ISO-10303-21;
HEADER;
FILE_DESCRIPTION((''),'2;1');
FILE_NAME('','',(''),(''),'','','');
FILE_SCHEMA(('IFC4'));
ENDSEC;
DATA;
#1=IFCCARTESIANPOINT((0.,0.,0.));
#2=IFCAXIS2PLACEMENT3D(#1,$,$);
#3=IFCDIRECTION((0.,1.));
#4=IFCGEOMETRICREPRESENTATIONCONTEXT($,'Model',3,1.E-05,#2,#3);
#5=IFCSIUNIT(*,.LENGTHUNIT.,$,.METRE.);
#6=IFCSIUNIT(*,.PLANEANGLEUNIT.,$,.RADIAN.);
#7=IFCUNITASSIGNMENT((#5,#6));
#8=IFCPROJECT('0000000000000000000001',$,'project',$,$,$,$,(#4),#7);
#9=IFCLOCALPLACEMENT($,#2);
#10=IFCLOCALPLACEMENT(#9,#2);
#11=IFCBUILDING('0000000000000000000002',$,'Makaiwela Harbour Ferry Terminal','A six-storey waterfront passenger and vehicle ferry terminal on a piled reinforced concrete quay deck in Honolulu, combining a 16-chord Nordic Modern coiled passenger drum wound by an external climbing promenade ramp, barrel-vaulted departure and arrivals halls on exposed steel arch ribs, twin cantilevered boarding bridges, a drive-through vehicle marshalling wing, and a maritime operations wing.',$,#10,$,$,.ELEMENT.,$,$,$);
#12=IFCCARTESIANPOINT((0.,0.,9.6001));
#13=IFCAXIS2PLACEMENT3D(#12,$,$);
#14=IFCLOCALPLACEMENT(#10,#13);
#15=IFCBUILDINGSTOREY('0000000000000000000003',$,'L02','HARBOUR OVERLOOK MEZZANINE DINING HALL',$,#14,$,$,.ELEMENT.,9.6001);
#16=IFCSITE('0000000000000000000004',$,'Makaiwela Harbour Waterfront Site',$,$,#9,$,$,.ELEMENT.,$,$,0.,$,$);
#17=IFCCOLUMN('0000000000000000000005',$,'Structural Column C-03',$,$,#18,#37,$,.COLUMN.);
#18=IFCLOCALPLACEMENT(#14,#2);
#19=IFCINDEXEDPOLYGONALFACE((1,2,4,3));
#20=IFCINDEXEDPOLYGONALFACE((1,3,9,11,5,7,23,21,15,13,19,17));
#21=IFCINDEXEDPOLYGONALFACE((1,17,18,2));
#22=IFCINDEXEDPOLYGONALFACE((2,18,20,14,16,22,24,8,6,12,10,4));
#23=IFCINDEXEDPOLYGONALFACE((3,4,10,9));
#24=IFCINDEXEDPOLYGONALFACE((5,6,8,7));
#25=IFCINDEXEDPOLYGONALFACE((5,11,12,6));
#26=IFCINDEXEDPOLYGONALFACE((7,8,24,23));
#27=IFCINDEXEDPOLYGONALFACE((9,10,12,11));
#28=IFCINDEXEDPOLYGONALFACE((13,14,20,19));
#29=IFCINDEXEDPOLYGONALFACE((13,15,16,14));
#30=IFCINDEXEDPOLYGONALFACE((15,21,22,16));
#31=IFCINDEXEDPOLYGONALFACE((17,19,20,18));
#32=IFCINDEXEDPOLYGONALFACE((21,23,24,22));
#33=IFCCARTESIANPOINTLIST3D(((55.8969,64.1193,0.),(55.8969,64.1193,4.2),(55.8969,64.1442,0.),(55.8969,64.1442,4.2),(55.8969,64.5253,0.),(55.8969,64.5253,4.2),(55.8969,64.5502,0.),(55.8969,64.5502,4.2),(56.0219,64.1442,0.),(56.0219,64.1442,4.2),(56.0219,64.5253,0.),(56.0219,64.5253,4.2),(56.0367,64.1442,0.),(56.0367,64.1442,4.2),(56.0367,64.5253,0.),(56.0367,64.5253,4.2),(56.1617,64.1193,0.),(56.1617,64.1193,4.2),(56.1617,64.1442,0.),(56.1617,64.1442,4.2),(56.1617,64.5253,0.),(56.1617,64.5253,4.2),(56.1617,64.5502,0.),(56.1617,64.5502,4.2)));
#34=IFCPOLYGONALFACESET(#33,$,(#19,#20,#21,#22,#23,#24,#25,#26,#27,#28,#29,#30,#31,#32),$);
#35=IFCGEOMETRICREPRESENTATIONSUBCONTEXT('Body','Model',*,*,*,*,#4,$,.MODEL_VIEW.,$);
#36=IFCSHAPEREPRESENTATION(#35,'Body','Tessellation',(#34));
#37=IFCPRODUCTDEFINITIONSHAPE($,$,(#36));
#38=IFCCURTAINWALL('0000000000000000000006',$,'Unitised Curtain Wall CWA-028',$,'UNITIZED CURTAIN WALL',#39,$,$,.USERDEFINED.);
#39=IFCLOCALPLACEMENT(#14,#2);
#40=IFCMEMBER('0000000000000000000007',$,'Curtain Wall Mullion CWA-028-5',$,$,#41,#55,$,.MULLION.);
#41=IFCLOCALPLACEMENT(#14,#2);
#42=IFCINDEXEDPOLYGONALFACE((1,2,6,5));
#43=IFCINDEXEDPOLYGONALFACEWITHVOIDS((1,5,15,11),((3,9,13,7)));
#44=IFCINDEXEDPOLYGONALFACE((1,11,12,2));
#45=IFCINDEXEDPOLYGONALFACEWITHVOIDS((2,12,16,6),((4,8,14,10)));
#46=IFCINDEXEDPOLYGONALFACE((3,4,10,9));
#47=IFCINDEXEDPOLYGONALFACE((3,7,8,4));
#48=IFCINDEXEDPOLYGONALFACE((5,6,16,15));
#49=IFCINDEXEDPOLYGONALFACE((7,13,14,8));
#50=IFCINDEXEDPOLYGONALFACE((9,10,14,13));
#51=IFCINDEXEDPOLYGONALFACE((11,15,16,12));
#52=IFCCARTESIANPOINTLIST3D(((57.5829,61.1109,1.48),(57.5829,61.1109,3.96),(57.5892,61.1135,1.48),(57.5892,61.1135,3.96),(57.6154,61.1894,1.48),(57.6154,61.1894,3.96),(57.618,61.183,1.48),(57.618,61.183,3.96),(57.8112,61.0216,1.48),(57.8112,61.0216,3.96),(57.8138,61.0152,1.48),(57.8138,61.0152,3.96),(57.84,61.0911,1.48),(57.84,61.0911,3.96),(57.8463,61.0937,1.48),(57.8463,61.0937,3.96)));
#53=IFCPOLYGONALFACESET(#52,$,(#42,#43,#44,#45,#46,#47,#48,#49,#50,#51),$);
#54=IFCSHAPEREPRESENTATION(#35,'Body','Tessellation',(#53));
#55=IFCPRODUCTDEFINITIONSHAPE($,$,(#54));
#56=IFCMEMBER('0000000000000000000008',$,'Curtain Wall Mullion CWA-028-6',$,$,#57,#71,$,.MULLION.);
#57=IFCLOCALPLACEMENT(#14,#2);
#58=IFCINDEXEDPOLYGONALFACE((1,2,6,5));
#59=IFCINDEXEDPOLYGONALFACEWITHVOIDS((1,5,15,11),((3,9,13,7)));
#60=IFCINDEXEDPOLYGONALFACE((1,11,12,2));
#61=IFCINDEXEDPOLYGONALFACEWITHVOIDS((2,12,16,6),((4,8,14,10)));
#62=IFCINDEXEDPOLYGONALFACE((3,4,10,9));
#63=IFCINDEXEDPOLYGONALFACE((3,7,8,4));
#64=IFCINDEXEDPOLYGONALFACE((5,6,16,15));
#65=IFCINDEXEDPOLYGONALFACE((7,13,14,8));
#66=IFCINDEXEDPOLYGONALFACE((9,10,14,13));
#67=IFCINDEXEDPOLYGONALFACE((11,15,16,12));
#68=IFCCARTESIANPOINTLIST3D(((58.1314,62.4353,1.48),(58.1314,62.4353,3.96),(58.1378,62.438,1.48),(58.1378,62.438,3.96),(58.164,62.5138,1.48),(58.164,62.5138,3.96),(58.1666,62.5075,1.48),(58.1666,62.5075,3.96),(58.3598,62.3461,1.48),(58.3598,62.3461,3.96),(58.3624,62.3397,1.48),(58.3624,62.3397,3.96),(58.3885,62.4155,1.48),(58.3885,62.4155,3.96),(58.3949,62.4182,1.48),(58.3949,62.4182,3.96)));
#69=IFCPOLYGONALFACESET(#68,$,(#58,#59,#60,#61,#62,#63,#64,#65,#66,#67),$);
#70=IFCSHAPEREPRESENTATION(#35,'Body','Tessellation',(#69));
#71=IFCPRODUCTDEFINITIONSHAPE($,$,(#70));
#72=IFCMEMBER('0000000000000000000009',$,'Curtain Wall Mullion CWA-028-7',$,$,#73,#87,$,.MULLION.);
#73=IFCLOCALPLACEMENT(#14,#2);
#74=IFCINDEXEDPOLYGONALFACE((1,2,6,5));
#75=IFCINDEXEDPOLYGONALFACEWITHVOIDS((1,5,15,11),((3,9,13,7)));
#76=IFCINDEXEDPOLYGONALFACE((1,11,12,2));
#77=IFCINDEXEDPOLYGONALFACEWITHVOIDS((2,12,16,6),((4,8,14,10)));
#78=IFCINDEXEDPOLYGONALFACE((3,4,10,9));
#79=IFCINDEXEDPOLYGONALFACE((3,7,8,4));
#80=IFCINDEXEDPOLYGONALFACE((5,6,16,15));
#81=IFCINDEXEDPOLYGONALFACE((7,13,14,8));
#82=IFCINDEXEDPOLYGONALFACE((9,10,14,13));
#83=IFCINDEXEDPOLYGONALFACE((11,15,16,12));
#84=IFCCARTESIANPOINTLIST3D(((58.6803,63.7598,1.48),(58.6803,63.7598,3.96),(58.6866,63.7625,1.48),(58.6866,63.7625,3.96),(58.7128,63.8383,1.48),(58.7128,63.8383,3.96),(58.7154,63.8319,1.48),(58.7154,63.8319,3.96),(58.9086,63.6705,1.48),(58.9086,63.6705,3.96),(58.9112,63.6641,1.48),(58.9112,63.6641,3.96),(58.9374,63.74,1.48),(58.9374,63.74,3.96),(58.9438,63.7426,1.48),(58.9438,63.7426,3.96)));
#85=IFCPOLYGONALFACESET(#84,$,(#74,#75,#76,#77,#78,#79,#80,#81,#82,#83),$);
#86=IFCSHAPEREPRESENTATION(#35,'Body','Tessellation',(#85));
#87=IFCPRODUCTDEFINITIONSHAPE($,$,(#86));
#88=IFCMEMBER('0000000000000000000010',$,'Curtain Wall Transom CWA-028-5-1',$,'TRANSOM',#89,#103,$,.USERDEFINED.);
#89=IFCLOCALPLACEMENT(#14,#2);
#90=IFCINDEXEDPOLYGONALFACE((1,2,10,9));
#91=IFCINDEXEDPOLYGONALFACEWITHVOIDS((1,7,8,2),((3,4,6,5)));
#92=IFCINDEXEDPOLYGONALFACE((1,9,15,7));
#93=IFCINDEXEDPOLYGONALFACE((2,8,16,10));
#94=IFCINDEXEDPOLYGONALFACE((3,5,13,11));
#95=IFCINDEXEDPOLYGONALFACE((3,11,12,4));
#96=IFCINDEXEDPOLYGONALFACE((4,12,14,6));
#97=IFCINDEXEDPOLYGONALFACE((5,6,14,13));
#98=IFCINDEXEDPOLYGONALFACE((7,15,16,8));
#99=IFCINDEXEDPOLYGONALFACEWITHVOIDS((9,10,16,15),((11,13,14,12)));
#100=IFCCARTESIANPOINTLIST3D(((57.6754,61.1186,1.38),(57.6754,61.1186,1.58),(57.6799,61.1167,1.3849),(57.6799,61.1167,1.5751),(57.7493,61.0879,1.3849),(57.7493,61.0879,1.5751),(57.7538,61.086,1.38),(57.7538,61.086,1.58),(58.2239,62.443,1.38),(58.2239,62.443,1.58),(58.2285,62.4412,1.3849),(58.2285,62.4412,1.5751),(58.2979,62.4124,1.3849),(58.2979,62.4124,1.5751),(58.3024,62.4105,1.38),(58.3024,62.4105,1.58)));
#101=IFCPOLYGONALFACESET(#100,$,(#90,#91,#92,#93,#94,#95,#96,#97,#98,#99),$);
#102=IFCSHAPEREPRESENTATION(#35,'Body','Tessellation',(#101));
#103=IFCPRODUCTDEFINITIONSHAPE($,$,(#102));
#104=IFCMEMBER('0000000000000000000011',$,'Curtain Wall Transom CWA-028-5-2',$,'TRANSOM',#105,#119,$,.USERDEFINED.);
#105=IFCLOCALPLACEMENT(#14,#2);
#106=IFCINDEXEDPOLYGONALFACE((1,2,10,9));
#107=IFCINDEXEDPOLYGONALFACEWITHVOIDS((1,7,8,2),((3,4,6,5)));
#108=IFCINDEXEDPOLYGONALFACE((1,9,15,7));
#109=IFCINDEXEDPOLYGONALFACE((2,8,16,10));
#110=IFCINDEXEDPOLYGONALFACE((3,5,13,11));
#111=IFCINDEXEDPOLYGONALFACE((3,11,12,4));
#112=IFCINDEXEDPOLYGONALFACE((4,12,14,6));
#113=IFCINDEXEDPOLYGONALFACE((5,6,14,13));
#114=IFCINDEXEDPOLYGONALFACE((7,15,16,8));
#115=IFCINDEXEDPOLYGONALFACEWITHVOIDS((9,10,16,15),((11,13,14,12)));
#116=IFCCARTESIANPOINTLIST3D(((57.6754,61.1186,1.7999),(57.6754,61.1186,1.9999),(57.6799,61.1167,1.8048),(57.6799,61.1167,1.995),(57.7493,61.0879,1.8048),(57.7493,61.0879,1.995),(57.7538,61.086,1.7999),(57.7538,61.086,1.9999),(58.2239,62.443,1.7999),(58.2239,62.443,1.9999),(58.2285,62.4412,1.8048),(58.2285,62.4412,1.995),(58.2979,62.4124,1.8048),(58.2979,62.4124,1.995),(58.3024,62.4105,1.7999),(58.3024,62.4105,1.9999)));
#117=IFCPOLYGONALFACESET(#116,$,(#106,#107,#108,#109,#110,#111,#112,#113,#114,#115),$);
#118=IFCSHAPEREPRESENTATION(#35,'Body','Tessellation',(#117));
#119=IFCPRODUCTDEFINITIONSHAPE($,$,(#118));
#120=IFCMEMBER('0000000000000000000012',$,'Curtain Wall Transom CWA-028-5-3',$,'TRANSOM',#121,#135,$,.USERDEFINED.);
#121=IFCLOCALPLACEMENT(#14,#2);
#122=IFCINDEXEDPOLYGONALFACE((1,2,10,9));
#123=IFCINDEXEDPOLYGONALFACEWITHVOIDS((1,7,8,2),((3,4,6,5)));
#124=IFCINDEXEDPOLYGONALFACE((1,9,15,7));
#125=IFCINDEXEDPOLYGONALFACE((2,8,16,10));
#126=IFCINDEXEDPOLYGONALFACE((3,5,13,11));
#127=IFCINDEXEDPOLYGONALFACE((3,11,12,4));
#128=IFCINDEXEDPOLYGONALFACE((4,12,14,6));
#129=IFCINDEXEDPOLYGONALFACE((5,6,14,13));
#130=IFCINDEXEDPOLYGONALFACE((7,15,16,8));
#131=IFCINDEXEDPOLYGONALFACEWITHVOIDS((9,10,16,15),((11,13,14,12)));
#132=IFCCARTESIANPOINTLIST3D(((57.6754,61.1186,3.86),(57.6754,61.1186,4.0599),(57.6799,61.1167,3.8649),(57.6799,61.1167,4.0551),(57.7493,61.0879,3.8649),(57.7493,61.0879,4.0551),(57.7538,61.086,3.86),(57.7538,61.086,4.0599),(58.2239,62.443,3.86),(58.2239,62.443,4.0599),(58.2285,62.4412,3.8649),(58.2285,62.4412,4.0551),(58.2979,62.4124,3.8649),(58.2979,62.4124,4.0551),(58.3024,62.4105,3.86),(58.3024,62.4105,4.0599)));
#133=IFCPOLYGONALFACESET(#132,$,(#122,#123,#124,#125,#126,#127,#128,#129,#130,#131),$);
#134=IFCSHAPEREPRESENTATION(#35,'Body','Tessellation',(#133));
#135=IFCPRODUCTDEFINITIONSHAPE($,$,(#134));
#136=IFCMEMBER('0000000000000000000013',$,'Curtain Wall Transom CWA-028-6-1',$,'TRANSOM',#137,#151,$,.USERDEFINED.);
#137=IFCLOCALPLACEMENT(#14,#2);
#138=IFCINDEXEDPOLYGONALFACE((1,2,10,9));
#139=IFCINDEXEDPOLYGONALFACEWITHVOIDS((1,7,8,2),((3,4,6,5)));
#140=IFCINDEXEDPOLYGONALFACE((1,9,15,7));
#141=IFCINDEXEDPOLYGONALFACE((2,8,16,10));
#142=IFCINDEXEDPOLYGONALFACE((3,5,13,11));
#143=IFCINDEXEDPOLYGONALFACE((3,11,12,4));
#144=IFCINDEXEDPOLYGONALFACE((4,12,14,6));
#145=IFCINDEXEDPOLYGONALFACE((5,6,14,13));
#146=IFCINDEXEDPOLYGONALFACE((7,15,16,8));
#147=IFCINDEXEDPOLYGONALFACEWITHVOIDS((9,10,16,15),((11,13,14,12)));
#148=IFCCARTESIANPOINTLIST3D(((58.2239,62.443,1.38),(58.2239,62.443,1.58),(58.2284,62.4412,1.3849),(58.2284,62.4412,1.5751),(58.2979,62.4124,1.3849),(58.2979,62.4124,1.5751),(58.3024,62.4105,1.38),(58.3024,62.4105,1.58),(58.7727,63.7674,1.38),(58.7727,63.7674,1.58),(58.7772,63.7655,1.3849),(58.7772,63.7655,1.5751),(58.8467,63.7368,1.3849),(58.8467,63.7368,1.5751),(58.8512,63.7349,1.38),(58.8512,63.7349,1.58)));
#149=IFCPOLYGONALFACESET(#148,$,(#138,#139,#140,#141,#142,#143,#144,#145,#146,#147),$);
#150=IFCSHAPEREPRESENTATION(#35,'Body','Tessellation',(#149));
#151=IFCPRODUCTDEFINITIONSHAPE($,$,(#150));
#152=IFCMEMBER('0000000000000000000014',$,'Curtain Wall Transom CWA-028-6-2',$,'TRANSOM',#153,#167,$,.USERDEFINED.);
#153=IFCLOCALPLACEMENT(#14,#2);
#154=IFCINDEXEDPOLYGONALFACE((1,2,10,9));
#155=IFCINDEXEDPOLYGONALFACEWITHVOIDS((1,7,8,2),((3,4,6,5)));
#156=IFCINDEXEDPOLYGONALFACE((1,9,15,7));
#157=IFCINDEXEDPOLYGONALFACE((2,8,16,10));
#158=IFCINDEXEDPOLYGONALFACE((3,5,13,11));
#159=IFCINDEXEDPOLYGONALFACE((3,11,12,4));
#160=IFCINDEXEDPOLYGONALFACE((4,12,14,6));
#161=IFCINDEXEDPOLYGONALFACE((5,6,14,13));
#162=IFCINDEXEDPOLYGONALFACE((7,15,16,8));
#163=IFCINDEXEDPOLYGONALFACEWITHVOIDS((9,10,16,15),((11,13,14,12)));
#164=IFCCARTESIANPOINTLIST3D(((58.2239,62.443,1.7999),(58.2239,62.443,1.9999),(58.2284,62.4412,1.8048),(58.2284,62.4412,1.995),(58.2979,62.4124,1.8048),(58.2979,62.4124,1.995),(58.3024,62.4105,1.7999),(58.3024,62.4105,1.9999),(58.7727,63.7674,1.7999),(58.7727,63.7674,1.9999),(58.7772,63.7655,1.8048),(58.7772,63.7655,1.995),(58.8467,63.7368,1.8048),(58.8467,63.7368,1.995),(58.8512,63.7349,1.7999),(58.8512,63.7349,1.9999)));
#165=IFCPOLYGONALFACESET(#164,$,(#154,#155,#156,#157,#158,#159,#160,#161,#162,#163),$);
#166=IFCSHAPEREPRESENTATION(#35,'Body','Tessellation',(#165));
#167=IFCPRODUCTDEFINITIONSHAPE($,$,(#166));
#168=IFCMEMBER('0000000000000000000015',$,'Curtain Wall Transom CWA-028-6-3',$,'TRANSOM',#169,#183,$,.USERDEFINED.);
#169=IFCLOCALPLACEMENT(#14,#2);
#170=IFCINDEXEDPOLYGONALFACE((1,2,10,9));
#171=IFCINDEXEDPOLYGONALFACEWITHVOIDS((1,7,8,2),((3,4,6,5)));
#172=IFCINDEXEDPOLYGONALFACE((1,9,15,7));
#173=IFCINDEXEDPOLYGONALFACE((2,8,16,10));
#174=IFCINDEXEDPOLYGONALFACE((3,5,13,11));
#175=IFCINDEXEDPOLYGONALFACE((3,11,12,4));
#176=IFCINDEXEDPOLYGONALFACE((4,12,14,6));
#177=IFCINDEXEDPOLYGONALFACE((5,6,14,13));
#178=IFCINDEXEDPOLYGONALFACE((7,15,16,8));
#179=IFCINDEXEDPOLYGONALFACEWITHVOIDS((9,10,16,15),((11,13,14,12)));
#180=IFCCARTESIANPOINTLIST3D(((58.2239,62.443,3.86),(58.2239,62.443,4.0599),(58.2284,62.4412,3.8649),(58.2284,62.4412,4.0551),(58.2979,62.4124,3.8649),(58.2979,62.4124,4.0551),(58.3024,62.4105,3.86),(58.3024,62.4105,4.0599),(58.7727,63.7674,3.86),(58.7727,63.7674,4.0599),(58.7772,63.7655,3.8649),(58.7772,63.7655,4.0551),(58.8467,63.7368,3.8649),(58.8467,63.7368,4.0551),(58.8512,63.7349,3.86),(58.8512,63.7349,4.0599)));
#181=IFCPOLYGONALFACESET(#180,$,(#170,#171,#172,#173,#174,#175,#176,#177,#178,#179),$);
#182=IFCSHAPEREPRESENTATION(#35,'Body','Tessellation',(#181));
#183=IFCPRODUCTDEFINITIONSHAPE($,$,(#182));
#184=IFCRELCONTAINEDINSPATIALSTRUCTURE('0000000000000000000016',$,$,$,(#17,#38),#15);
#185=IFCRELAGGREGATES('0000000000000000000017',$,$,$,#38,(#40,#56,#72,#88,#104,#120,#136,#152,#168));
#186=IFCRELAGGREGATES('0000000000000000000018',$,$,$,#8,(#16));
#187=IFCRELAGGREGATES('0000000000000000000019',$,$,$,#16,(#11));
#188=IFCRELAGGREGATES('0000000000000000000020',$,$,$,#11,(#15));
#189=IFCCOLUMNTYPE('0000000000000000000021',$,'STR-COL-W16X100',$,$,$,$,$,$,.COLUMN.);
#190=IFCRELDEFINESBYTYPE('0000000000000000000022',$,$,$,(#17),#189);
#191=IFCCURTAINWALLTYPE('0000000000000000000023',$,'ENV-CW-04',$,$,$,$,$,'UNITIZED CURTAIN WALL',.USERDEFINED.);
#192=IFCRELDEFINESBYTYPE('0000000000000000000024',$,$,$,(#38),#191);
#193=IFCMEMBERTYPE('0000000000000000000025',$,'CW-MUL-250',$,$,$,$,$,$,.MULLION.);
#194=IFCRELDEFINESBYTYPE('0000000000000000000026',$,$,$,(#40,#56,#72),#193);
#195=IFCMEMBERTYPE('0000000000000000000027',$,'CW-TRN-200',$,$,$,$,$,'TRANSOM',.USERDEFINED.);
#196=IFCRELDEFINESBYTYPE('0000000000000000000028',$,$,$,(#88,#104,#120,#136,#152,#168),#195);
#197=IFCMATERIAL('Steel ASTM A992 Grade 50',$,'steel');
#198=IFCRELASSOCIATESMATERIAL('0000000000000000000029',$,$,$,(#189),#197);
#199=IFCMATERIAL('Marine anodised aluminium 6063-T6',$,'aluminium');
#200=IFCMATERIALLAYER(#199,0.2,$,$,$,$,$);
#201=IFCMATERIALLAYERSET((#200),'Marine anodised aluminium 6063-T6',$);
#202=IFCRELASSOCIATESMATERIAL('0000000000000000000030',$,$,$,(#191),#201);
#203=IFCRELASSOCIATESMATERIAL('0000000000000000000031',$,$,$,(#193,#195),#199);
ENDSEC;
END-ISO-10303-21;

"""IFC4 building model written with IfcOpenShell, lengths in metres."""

from ifc_helpers import new_model, si_unit, direction, frame, origin, origin_2d, place, context, subcontext, project, spatial, hollow_rectangle, i_section, extrude, material, layer, layer_set, material_profile, profile_set, type_object, element, aggregate, save


model = new_model("IFC4")

# Units and contexts
model_context = context("Model", 3, precision=1e-05, world=origin(), true_north=direction((0.0, 1.0)))
body_context = subcontext(model_context, "Body", "Model", "MODEL_VIEW")
ifc_project = project(units=[si_unit("LENGTHUNIT", "METRE"), si_unit("PLANEANGLEUNIT", "RADIAN")], contexts=[model_context])

# Site, building, storey
site_placement = place(None, origin())
site = spatial("IfcSite", under=ifc_project, at=site_placement, Name="Makaiwela Harbour Waterfront Site", CompositionType="ELEMENT", RefElevation=0.0)
building_placement = place(site_placement, origin())
building = spatial("IfcBuilding", under=site, at=building_placement, Name="Makaiwela Harbour Ferry Terminal", Description="A six-storey waterfront passenger and vehicle ferry terminal on a piled reinforced concrete quay deck in Honolulu, combining a 16-chord Nordic Modern coiled passenger drum wound by an external climbing promenade ramp, barrel-vaulted departure and arrivals halls on exposed steel arch ribs, twin cantilevered boarding bridges, a drive-through vehicle marshalling wing, and a maritime operations wing.", CompositionType="ELEMENT")
storey_placement = place(building_placement, frame((0.0, 0.0, 9.6001)))
storey = spatial("IfcBuildingStorey", under=building, at=storey_placement, Name="L02", Description="HARBOUR OVERLOOK MEZZANINE DINING HALL", CompositionType="ELEMENT", Elevation=9.6001)

# Column
ifc_material_1 = material(Name="Steel ASTM A992 Grade 50", Category="steel")
ifc_material_profile_1 = material_profile(ifc_material_1, i_section(OverallWidth=0.2649, OverallDepth=0.4309, WebThickness=0.0149, FlangeThickness=0.0249, at=origin_2d()), Name="W16X100")
ifc_profile_set_1 = profile_set([ifc_material_profile_1], Name="Steel ASTM A992 Grade 50")
column_type = type_object("IfcColumnType", Name="STR-COL-W16X100", PredefinedType="COLUMN", material=ifc_profile_set_1)
column_placement = place(storey_placement, frame((56.0293, 64.3347, 0.0), z_axis=(0.0, 0.0, 1.0), x_axis=(1.0, 0.0, 0.0)))
element("IfcColumn", 1, at=column_placement, inside=storey, type_object=column_type, Name="Structural Column C-03", PredefinedType="COLUMN", context=body_context, shape_type="SweptSolid", body=[
    extrude(i_section(OverallWidth=0.2649, OverallDepth=0.4309, WebThickness=0.0149, FlangeThickness=0.0249, at=origin_2d()), origin(), (0.0, 0.0, 1.0), 4.2),
])

# Curtain wall, members
ifc_material_2 = material(Name="Marine anodised aluminium 6063-T6", Category="aluminium")
ifc_layer_1 = layer(ifc_material_2, 0.2)
ifc_layer_set_1 = layer_set([ifc_layer_1], Name="Marine anodised aluminium 6063-T6")
curtain_wall_type = type_object("IfcCurtainWallType", Name="ENV-CW-04", ElementType="UNITIZED CURTAIN WALL", PredefinedType="USERDEFINED", material=ifc_layer_set_1)
curtain_wall_placement = place(storey_placement, origin())
curtain_wall = element("IfcCurtainWall", 2, at=curtain_wall_placement, inside=storey, type_object=curtain_wall_type, Name="Unitised Curtain Wall CWA-028", ObjectType="UNITIZED CURTAIN WALL", PredefinedType="USERDEFINED")
ifc_material_profile_2 = material_profile(ifc_material_2, hollow_rectangle(XDim=0.085, YDim=0.25, WallThickness=0.0049, at=origin_2d()), Name="CWM-250X85")
ifc_profile_set_2 = profile_set([ifc_material_profile_2], Name="Marine anodised aluminium 6063-T6")
member_type_1 = type_object("IfcMemberType", Name="CW-MUL-250", PredefinedType="MULLION", material=ifc_profile_set_2)
member_1_placement = place(storey_placement, frame((57.7146, 61.1023, 1.48), z_axis=(0.0, 0.0, 1.0), x_axis=(0.382683, 0.92388, 0.0)))
member_1 = element("IfcMember", 3, at=member_1_placement, type_object=member_type_1, Name="Curtain Wall Mullion CWA-028-5", PredefinedType="MULLION", context=body_context, shape_type="SweptSolid", body=[
    extrude(hollow_rectangle(XDim=0.085, YDim=0.25, WallThickness=0.0049, at=origin_2d()), origin(), (0.0, 0.0, 1.0), 2.48),
])
member_2_placement = place(storey_placement, frame((58.2632, 62.4268, 1.48), z_axis=(0.0, 0.0, 1.0), x_axis=(0.382683, 0.92388, 0.0)))
member_2 = element("IfcMember", 4, at=member_2_placement, type_object=member_type_1, Name="Curtain Wall Mullion CWA-028-6", PredefinedType="MULLION", context=body_context, shape_type="SweptSolid", body=[
    extrude(hollow_rectangle(XDim=0.085, YDim=0.25, WallThickness=0.0049, at=origin_2d()), origin(), (0.0, 0.0, 1.0), 2.48),
])
member_3_placement = place(storey_placement, frame((58.812, 63.7512, 1.48), z_axis=(0.0, 0.0, 1.0), x_axis=(0.382683, 0.92388, 0.0)))
member_3 = element("IfcMember", 5, at=member_3_placement, type_object=member_type_1, Name="Curtain Wall Mullion CWA-028-7", PredefinedType="MULLION", context=body_context, shape_type="SweptSolid", body=[
    extrude(hollow_rectangle(XDim=0.085, YDim=0.25, WallThickness=0.0049, at=origin_2d()), origin(), (0.0, 0.0, 1.0), 2.48),
])
ifc_material_profile_3 = material_profile(ifc_material_2, hollow_rectangle(XDim=0.085, YDim=0.2, WallThickness=0.0049, at=origin_2d()), Name="CWT-200X85")
ifc_profile_set_3 = profile_set([ifc_material_profile_3], Name="Marine anodised aluminium 6063-T6")
member_type_2 = type_object("IfcMemberType", Name="CW-TRN-200", ElementType="TRANSOM", PredefinedType="USERDEFINED", material=ifc_profile_set_3)
member_4_placement = place(storey_placement, frame((57.7146, 61.1023, 1.48), z_axis=(0.382668, 0.923886, 0.0), x_axis=(-0.923886, 0.382668, 0.0)))
member_4 = element("IfcMember", 6, at=member_4_placement, type_object=member_type_2, Name="Curtain Wall Transom CWA-028-5-1", ObjectType="TRANSOM", PredefinedType="USERDEFINED", context=body_context, shape_type="SweptSolid", body=[
    extrude(hollow_rectangle(XDim=0.085, YDim=0.2, WallThickness=0.0049, at=origin_2d()), origin(), (0.0, 0.0, 1.0), 1.4336),
])
member_5_placement = place(storey_placement, frame((57.7146, 61.1023, 1.8999), z_axis=(0.382668, 0.923886, 0.0), x_axis=(-0.923886, 0.382668, 0.0)))
member_5 = element("IfcMember", 7, at=member_5_placement, type_object=member_type_2, Name="Curtain Wall Transom CWA-028-5-2", ObjectType="TRANSOM", PredefinedType="USERDEFINED", context=body_context, shape_type="SweptSolid", body=[
    extrude(hollow_rectangle(XDim=0.085, YDim=0.2, WallThickness=0.0049, at=origin_2d()), origin(), (0.0, 0.0, 1.0), 1.4336),
])
member_6_placement = place(storey_placement, frame((57.7146, 61.1023, 3.96), z_axis=(0.382668, 0.923886, 0.0), x_axis=(-0.923886, 0.382668, 0.0)))
member_6 = element("IfcMember", 8, at=member_6_placement, type_object=member_type_2, Name="Curtain Wall Transom CWA-028-5-3", ObjectType="TRANSOM", PredefinedType="USERDEFINED", context=body_context, shape_type="SweptSolid", body=[
    extrude(hollow_rectangle(XDim=0.085, YDim=0.2, WallThickness=0.0049, at=origin_2d()), origin(), (0.0, 0.0, 1.0), 1.4336),
])
member_7_placement = place(storey_placement, frame((58.2632, 62.4268, 1.48), z_axis=(0.382813, 0.923826, 0.0), x_axis=(-0.923826, 0.382813, 0.0)))
member_7 = element("IfcMember", 9, at=member_7_placement, type_object=member_type_2, Name="Curtain Wall Transom CWA-028-6-1", ObjectType="TRANSOM", PredefinedType="USERDEFINED", context=body_context, shape_type="SweptSolid", body=[
    extrude(hollow_rectangle(XDim=0.085, YDim=0.2, WallThickness=0.0049, at=origin_2d()), origin(), (0.0, 0.0, 1.0), 1.4336),
])
member_8_placement = place(storey_placement, frame((58.2632, 62.4268, 1.8999), z_axis=(0.382813, 0.923826, 0.0), x_axis=(-0.923826, 0.382813, 0.0)))
member_8 = element("IfcMember", 10, at=member_8_placement, type_object=member_type_2, Name="Curtain Wall Transom CWA-028-6-2", ObjectType="TRANSOM", PredefinedType="USERDEFINED", context=body_context, shape_type="SweptSolid", body=[
    extrude(hollow_rectangle(XDim=0.085, YDim=0.2, WallThickness=0.0049, at=origin_2d()), origin(), (0.0, 0.0, 1.0), 1.4336),
])
member_9_placement = place(storey_placement, frame((58.2632, 62.4268, 3.96), z_axis=(0.382813, 0.923826, 0.0), x_axis=(-0.923826, 0.382813, 0.0)))
member_9 = element("IfcMember", 11, at=member_9_placement, type_object=member_type_2, Name="Curtain Wall Transom CWA-028-6-3", ObjectType="TRANSOM", PredefinedType="USERDEFINED", context=body_context, shape_type="SweptSolid", body=[
    extrude(hollow_rectangle(XDim=0.085, YDim=0.2, WallThickness=0.0049, at=origin_2d()), origin(), (0.0, 0.0, 1.0), 1.4336),
])

aggregate(curtain_wall, [member_1, member_2, member_3, member_4, member_5, member_6, member_7, member_8, member_9])

save(model, "model.ifc")
